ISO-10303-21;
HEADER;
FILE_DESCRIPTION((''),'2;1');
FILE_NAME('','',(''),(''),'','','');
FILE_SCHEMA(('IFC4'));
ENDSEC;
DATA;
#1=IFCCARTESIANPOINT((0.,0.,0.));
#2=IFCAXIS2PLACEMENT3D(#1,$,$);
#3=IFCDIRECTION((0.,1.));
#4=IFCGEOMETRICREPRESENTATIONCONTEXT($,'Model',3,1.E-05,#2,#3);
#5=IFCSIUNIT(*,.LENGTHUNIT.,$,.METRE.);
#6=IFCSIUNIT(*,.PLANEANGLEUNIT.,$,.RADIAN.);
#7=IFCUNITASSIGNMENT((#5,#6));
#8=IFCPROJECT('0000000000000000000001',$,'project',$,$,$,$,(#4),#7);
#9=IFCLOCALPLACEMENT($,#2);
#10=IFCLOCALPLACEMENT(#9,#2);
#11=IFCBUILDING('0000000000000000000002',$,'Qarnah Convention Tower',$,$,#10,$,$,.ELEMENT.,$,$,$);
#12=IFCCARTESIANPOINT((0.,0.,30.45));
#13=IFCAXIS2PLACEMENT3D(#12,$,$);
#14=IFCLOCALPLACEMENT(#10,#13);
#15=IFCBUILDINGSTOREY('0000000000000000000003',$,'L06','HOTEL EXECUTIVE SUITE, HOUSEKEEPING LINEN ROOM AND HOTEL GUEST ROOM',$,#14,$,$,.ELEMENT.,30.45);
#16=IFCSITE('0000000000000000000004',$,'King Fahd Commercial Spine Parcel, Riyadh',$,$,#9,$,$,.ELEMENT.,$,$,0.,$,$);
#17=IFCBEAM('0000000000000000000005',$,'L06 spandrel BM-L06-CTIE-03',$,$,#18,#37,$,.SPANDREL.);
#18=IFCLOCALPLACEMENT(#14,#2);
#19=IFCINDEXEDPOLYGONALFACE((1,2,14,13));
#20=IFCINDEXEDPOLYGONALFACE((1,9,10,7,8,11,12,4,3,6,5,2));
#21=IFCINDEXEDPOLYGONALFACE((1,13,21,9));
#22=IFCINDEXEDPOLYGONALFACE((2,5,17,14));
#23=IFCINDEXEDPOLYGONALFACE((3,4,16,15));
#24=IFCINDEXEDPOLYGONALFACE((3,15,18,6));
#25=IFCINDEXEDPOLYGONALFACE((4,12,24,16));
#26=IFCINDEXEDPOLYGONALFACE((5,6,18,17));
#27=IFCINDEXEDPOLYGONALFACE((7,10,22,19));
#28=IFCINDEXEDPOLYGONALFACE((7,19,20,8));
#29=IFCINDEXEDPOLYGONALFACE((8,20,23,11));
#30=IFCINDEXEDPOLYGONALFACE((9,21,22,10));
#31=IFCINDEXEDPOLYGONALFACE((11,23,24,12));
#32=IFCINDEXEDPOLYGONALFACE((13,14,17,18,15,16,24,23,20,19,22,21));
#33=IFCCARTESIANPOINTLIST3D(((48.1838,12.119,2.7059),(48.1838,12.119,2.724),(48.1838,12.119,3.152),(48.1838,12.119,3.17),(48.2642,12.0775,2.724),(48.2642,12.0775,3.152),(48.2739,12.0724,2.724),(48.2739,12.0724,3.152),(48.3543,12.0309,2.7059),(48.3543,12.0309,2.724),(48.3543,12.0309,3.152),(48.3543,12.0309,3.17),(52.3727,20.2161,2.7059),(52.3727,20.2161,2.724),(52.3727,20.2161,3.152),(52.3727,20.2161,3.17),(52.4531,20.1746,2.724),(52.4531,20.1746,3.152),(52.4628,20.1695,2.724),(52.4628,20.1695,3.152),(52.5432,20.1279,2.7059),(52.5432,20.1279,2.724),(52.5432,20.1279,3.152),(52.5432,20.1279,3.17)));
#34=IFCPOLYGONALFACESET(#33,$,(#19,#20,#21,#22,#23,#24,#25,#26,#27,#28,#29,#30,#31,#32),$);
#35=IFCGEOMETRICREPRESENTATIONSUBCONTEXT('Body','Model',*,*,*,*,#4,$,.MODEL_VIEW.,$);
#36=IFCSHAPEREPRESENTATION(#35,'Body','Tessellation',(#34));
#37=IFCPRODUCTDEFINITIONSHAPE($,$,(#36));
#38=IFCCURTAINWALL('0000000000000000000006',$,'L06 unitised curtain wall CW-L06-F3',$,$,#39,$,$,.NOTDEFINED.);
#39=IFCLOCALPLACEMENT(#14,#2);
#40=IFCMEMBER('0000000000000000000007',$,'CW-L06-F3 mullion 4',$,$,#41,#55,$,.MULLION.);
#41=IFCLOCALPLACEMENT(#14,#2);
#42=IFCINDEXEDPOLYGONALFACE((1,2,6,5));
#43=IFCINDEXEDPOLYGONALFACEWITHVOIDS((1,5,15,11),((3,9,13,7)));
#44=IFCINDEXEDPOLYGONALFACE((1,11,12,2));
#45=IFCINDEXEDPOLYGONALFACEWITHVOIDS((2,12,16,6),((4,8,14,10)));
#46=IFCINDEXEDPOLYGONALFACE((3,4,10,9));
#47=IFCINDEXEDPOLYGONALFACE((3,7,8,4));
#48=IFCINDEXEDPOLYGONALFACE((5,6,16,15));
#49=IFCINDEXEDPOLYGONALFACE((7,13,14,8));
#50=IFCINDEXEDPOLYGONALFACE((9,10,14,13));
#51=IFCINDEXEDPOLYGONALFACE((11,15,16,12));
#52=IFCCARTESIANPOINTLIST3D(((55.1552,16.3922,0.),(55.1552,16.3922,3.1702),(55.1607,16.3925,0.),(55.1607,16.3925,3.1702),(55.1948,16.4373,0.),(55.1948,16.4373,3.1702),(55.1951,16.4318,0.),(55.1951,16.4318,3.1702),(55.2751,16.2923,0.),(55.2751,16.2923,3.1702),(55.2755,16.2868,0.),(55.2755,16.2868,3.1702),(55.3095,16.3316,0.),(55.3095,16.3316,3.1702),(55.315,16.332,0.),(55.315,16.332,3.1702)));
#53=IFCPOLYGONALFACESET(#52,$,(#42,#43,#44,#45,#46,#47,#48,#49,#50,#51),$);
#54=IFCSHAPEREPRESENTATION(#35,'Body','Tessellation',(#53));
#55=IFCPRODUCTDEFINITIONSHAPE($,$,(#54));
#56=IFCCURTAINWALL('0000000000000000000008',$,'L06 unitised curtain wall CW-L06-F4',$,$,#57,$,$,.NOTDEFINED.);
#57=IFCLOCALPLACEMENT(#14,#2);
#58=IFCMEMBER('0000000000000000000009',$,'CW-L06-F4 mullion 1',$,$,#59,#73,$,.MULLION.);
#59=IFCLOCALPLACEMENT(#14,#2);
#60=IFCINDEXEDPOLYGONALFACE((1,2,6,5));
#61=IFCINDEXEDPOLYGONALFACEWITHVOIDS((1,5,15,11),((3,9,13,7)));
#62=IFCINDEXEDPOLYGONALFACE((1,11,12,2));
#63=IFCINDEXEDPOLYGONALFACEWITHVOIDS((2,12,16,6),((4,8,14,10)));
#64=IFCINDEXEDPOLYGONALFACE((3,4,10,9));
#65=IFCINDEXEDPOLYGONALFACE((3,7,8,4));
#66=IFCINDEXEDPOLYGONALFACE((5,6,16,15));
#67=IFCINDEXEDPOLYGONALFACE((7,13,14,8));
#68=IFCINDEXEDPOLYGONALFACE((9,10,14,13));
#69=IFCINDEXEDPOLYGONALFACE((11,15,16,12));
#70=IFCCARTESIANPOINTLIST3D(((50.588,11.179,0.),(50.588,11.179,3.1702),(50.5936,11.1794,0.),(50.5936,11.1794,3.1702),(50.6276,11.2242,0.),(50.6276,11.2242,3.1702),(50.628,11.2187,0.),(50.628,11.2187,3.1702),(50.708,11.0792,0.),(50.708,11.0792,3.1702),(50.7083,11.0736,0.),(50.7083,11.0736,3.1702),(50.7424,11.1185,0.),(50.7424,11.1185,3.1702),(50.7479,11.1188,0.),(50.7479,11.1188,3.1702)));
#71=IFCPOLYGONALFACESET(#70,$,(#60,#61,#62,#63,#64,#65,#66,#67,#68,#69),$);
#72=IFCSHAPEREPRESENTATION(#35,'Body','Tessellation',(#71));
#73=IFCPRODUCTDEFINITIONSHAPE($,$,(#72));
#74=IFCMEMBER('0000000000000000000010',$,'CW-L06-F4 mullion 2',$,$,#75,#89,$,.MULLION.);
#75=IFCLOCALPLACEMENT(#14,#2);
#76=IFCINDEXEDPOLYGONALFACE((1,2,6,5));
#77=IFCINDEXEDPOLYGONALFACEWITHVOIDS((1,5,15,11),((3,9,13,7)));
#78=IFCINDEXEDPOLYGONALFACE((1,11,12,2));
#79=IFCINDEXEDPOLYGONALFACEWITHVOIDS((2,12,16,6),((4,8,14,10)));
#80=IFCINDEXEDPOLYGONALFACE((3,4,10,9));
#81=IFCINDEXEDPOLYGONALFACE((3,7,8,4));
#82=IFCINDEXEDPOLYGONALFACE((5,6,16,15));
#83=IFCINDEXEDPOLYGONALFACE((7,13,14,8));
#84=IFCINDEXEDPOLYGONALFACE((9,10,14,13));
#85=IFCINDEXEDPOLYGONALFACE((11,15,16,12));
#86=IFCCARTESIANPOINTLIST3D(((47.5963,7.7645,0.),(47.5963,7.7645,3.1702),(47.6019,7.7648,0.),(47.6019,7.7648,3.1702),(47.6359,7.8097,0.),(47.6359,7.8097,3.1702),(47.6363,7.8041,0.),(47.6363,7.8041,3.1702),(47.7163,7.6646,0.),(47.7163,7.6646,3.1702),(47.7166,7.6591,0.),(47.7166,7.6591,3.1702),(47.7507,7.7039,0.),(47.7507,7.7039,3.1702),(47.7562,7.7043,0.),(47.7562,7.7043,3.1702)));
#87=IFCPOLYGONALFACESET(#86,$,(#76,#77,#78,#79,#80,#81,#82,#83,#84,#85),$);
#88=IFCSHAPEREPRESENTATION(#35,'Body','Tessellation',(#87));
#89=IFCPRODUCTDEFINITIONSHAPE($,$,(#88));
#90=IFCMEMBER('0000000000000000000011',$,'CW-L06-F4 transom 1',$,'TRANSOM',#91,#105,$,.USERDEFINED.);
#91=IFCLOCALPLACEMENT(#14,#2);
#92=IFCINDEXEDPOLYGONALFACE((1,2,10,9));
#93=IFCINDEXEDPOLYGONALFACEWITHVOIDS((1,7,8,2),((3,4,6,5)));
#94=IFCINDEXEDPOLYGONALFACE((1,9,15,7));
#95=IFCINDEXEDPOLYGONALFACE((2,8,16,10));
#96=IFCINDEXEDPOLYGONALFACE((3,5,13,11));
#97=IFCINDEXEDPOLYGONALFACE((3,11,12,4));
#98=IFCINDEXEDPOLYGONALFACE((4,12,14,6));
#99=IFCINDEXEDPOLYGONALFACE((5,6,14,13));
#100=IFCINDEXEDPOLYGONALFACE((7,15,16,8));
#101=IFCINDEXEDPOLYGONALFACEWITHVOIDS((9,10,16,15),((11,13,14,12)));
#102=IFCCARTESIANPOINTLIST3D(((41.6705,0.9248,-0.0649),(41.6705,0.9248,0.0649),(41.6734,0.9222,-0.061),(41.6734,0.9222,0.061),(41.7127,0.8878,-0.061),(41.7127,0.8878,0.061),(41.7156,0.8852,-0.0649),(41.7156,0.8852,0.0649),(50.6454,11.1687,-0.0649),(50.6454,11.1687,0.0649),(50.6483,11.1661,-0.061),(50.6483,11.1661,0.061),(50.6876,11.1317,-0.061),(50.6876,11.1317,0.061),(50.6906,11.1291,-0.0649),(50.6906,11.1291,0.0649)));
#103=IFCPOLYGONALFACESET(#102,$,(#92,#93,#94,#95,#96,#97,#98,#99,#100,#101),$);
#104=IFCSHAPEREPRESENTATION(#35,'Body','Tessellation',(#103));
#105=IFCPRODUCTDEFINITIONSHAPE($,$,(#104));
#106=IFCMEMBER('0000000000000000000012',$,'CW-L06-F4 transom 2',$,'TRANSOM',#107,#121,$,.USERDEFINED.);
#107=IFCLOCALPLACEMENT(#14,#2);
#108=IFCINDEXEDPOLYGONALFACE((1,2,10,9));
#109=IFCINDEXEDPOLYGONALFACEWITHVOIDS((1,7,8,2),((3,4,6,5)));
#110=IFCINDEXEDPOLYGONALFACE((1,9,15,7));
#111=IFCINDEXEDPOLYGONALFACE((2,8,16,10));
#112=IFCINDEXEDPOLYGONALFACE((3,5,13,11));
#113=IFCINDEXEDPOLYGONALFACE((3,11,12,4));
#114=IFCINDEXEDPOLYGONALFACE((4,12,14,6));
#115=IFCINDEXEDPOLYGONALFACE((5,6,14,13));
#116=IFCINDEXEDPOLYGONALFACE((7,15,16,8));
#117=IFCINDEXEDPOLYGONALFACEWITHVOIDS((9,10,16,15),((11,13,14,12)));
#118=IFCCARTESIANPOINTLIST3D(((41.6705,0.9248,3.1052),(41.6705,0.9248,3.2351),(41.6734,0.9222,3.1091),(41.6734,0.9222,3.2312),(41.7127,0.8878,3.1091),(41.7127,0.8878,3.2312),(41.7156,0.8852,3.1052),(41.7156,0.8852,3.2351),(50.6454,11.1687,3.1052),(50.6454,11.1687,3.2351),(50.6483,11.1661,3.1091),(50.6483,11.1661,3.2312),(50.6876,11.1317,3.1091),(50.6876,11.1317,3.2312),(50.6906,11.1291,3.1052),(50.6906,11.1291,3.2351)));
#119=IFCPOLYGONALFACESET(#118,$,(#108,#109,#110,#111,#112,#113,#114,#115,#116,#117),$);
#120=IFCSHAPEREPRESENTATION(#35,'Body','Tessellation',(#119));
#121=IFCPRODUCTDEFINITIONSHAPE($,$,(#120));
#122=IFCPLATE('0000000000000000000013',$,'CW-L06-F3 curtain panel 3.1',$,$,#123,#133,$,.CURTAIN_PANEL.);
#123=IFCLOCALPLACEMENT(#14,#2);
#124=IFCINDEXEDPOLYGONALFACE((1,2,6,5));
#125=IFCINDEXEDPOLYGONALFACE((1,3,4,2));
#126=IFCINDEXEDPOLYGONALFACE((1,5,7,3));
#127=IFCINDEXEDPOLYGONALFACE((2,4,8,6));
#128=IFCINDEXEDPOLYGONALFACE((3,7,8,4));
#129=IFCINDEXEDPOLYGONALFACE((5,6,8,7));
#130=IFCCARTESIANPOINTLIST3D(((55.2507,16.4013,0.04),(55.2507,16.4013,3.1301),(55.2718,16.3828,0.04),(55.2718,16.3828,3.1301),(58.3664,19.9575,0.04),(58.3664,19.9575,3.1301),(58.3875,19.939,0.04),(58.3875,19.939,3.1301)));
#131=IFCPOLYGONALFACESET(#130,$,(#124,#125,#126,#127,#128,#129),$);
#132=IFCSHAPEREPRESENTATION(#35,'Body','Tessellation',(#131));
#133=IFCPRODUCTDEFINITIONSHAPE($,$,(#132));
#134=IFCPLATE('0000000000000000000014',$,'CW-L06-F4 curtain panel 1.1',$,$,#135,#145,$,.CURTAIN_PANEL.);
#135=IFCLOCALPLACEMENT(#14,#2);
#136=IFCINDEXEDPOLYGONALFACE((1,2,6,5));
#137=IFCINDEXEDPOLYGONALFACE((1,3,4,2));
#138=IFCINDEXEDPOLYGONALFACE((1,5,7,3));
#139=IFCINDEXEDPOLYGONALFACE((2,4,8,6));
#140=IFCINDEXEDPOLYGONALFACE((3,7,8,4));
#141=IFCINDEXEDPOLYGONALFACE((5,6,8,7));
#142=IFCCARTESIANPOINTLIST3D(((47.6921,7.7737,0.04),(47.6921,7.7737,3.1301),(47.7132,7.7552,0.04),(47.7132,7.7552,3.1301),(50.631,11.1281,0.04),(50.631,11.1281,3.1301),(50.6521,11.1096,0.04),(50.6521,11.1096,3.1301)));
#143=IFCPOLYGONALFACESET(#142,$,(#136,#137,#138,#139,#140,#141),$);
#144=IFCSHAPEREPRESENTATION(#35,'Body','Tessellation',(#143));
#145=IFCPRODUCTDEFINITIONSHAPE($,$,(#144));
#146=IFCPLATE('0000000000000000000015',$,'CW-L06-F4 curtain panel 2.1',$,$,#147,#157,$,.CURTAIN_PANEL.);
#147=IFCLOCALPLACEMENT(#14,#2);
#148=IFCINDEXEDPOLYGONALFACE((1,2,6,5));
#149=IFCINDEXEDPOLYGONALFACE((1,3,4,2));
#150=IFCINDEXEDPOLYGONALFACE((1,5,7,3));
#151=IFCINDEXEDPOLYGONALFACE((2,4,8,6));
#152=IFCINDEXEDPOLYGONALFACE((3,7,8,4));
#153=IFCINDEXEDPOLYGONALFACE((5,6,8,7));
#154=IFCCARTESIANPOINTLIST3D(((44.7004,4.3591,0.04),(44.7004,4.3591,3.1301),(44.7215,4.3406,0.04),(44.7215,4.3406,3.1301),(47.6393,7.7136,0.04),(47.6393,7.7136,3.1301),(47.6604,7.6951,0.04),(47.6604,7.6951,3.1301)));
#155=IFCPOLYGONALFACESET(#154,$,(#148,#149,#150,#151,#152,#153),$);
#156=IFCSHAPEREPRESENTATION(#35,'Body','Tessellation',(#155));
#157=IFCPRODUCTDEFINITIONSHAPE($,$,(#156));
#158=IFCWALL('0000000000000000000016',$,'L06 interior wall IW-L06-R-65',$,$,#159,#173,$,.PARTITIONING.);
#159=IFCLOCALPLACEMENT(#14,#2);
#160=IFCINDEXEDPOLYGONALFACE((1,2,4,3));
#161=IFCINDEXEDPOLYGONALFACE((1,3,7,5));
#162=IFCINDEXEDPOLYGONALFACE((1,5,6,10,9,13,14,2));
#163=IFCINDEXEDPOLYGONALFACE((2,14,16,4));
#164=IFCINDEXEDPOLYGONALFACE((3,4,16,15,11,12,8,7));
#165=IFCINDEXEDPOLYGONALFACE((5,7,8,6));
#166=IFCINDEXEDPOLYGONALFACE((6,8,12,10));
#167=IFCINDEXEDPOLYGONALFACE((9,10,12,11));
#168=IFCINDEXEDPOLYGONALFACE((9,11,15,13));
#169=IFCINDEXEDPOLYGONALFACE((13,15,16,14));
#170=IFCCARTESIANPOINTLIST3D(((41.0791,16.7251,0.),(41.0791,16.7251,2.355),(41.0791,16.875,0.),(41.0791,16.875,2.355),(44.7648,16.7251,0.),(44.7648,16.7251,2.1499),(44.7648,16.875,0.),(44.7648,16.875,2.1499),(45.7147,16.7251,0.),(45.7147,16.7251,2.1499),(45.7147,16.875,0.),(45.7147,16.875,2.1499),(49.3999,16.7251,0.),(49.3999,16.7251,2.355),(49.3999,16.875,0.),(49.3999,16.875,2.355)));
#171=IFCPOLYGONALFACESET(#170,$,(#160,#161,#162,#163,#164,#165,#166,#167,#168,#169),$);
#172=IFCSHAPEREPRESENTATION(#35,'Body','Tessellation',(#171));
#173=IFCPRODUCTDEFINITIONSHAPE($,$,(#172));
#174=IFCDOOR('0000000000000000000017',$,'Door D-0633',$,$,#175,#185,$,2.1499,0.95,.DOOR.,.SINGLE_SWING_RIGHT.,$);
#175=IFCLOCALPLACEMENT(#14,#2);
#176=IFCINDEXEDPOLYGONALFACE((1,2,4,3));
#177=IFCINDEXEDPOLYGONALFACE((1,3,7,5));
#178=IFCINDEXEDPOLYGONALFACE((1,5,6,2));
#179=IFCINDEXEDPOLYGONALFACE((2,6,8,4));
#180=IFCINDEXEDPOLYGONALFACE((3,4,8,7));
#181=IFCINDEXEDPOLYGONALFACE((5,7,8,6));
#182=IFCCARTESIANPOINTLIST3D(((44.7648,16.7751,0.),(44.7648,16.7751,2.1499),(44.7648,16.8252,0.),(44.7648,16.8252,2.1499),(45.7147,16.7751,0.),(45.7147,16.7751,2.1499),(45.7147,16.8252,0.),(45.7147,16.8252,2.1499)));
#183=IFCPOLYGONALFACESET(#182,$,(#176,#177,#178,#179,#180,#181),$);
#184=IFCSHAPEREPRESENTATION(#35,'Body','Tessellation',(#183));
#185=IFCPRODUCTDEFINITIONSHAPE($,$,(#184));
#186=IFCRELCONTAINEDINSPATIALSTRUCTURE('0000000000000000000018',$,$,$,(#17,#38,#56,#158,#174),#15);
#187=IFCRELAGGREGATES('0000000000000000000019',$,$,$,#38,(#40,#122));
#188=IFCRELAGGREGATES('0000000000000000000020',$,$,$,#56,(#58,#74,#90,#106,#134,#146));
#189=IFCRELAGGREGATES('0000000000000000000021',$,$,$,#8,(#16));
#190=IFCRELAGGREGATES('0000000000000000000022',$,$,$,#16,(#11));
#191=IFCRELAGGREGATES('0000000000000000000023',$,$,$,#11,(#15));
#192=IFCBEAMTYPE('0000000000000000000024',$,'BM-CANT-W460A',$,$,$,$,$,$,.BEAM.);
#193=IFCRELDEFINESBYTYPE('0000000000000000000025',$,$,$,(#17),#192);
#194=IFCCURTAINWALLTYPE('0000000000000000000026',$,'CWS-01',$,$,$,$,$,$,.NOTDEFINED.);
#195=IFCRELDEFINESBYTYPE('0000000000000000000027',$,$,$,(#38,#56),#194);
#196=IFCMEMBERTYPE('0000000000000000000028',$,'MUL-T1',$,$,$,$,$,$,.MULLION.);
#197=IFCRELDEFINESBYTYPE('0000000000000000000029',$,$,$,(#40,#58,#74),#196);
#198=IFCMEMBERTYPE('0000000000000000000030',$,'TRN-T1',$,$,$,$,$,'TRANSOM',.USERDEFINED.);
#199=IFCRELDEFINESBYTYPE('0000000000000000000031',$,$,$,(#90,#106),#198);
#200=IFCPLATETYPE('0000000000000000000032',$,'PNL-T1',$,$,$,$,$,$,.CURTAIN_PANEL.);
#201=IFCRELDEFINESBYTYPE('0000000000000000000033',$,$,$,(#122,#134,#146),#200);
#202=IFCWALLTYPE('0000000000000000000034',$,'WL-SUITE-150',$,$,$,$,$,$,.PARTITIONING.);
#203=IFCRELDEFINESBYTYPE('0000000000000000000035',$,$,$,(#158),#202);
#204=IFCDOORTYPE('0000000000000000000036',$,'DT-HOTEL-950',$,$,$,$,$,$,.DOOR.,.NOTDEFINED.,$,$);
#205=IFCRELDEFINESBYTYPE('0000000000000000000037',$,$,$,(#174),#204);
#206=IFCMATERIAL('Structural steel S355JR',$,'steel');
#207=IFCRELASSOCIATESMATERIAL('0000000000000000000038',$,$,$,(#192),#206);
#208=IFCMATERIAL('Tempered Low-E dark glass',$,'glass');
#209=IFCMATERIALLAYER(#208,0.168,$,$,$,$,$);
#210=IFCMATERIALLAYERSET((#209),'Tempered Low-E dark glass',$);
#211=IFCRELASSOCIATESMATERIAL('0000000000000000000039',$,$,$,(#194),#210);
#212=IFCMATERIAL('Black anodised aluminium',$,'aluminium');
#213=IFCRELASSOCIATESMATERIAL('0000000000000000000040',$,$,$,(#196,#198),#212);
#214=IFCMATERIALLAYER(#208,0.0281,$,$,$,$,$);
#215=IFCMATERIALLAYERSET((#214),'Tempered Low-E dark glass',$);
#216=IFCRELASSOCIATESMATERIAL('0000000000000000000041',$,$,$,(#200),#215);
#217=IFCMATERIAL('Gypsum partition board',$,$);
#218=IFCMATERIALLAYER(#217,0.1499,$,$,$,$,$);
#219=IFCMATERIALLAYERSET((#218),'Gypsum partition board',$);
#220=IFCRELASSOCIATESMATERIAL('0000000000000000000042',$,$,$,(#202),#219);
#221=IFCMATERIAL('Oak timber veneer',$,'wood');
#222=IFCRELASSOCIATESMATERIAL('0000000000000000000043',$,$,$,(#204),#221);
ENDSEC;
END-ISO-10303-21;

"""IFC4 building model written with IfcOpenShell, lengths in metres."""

from ifc_helpers import new_model, si_unit, direction, frame, frame_2d, origin, origin_2d, place, context, subcontext, project, spatial, rectangle, hollow_rectangle, i_section, extrude, material, layer, layer_set, material_profile, profile_set, type_object, element, fill, aggregate, save


model = new_model("IFC4")

# Units and contexts
model_context = context("Model", 3, precision=1e-05, world=origin(), true_north=direction((0.0, 1.0)))
body_context = subcontext(model_context, "Body", "Model", "MODEL_VIEW")
ifc_project = project(units=[si_unit("LENGTHUNIT", "METRE"), si_unit("PLANEANGLEUNIT", "RADIAN")], contexts=[model_context])

# Site, building, storey
site_placement = place(None, origin())
site = spatial("IfcSite", under=ifc_project, at=site_placement, Name="King Fahd Commercial Spine Parcel, Riyadh", CompositionType="ELEMENT", RefElevation=0.0)
building_placement = place(site_placement, origin())
building = spatial("IfcBuilding", under=site, at=building_placement, Name="Qarnah Convention Tower", CompositionType="ELEMENT")
storey_placement = place(building_placement, frame((0.0, 0.0, 30.45)))
storey = spatial("IfcBuildingStorey", under=building, at=storey_placement, Name="L06", Description="HOTEL EXECUTIVE SUITE, HOUSEKEEPING LINEN ROOM AND HOTEL GUEST ROOM", CompositionType="ELEMENT", Elevation=30.45)

# Beam
ifc_material_1 = material(Name="Structural steel S355JR", Category="steel")
ifc_material_profile_1 = material_profile(ifc_material_1, i_section(OverallWidth=0.1919, OverallDepth=0.4641, WebThickness=0.011, FlangeThickness=0.0181, at=origin_2d()), Name="W460X89")
ifc_profile_set_1 = profile_set([ifc_material_profile_1], Name="Structural steel S355JR")
beam_type = type_object("IfcBeamType", Name="BM-CANT-W460A", PredefinedType="BEAM", material=ifc_profile_set_1)
beam_placement = place(storey_placement, frame((48.269, 12.075, 2.938), z_axis=(0.45949, 0.888183, 0.0), x_axis=(-0.888183, 0.45949, 0.0)))
element("IfcBeam", 1, at=beam_placement, inside=storey, type_object=beam_type, Name="L06 spandrel BM-L06-CTIE-03", PredefinedType="SPANDREL", context=body_context, shape_type="SweptSolid", body=[
    extrude(i_section(OverallWidth=0.1919, OverallDepth=0.4641, WebThickness=0.011, FlangeThickness=0.0181, at=origin_2d()), origin(), (0.0, 0.0, 1.0), 9.1165),
])

# Curtain wall, member
ifc_material_2 = material(Name="Tempered Low-E dark glass", Category="glass")
ifc_layer_1 = layer(ifc_material_2, 0.168)
ifc_layer_set_1 = layer_set([ifc_layer_1], Name="Tempered Low-E dark glass")
curtain_wall_type = type_object("IfcCurtainWallType", Name="CWS-01", PredefinedType="NOTDEFINED", material=ifc_layer_set_1)
curtain_wall_1_placement = place(storey_placement, origin())
curtain_wall_1 = element("IfcCurtainWall", 2, at=curtain_wall_1_placement, inside=storey, type_object=curtain_wall_type, Name="L06 unitised curtain wall CW-L06-F3", PredefinedType="NOTDEFINED")
ifc_material_3 = material(Name="Black anodised aluminium", Category="aluminium")
ifc_material_profile_2 = material_profile(ifc_material_3, hollow_rectangle(XDim=0.0601, YDim=0.1599, WallThickness=0.0039, at=origin_2d()), Name="MUL-60X160")
ifc_profile_set_2 = profile_set([ifc_material_profile_2], Name="Black anodised aluminium")
member_type_1 = type_object("IfcMemberType", Name="MUL-T1", PredefinedType="MULLION", material=ifc_profile_set_2)
member_1_placement = place(storey_placement, frame((55.2351, 16.3621, 0.0), z_axis=(0.0, 0.0, 1.0), x_axis=(-0.658981, -0.75216, 0.0)))
member_1 = element("IfcMember", 3, at=member_1_placement, type_object=member_type_1, Name="CW-L06-F3 mullion 4", PredefinedType="MULLION", context=body_context, shape_type="SweptSolid", body=[
    extrude(hollow_rectangle(XDim=0.0601, YDim=0.1599, WallThickness=0.0039, at=origin_2d()), origin(), (0.0, 0.0, 1.0), 3.1702),
])

# Curtain wall, members
curtain_wall_2_placement = place(storey_placement, origin())
curtain_wall_2 = element("IfcCurtainWall", 4, at=curtain_wall_2_placement, inside=storey, type_object=curtain_wall_type, Name="L06 unitised curtain wall CW-L06-F4", PredefinedType="NOTDEFINED")
member_2_placement = place(storey_placement, frame((50.668, 11.1489, 0.0), z_axis=(0.0, 0.0, 1.0), x_axis=(-0.658983, -0.752158, 0.0)))
member_2 = element("IfcMember", 5, at=member_2_placement, type_object=member_type_1, Name="CW-L06-F4 mullion 1", PredefinedType="MULLION", context=body_context, shape_type="SweptSolid", body=[
    extrude(hollow_rectangle(XDim=0.0601, YDim=0.1599, WallThickness=0.0039, at=origin_2d()), origin(), (0.0, 0.0, 1.0), 3.1702),
])
member_3_placement = place(storey_placement, frame((47.6763, 7.7344, 0.0), z_axis=(0.0, 0.0, 1.0), x_axis=(-0.658983, -0.752158, 0.0)))
member_3 = element("IfcMember", 6, at=member_3_placement, type_object=member_type_1, Name="CW-L06-F4 mullion 2", PredefinedType="MULLION", context=body_context, shape_type="SweptSolid", body=[
    extrude(hollow_rectangle(XDim=0.0601, YDim=0.1599, WallThickness=0.0039, at=origin_2d()), origin(), (0.0, 0.0, 1.0), 3.1702),
])
ifc_material_profile_3 = material_profile(ifc_material_3, hollow_rectangle(XDim=0.0601, YDim=0.1299, WallThickness=0.0039, at=origin_2d()), Name="TRN-60X130")
ifc_profile_set_3 = profile_set([ifc_material_profile_3], Name="Black anodised aluminium")
member_type_2 = type_object("IfcMemberType", Name="TRN-T1", ElementType="TRANSOM", PredefinedType="USERDEFINED", material=ifc_profile_set_3)
member_4_placement = place(storey_placement, frame((50.668, 11.1489, 0.0), z_axis=(-0.65898, -0.75216, 0.0), x_axis=(0.75216, -0.65898, 0.0)))
member_4 = element("IfcMember", 7, at=member_4_placement, type_object=member_type_2, Name="CW-L06-F4 transom 1", ObjectType="TRANSOM", PredefinedType="USERDEFINED", context=body_context, shape_type="SweptSolid", body=[
    extrude(hollow_rectangle(XDim=0.0601, YDim=0.1299, WallThickness=0.0039, at=origin_2d()), origin(), (0.0, 0.0, 1.0), 13.6194),
])
member_5_placement = place(storey_placement, frame((50.668, 11.1489, 3.1702), z_axis=(-0.65898, -0.75216, 0.0), x_axis=(0.75216, -0.65898, 0.0)))
member_5 = element("IfcMember", 8, at=member_5_placement, type_object=member_type_2, Name="CW-L06-F4 transom 2", ObjectType="TRANSOM", PredefinedType="USERDEFINED", context=body_context, shape_type="SweptSolid", body=[
    extrude(hollow_rectangle(XDim=0.0601, YDim=0.1299, WallThickness=0.0039, at=origin_2d()), origin(), (0.0, 0.0, 1.0), 13.6194),
])

# Plates
ifc_layer_2 = layer(ifc_material_2, 0.0281)
ifc_layer_set_2 = layer_set([ifc_layer_2], Name="Tempered Low-E dark glass")
plate_type = type_object("IfcPlateType", Name="PNL-T1", PredefinedType="CURTAIN_PANEL", material=ifc_layer_set_2)
plate_1_placement = place(storey_placement, frame((56.8191, 18.1702, 0.04), z_axis=(0.0, 0.0, 1.0), x_axis=(-0.658981, -0.75216, 0.0)))
plate_1 = element("IfcPlate", 9, at=plate_1_placement, type_object=plate_type, Name="CW-L06-F3 curtain panel 3.1", PredefinedType="CURTAIN_PANEL", context=body_context, shape_type="SweptSolid", body=[
    extrude(rectangle(XDim=4.728, YDim=0.0281, at=origin_2d()), origin(), (0.0, 0.0, 1.0), 3.0901),
])
aggregate(curtain_wall_1, [member_1, plate_1])
plate_2_placement = place(storey_placement, frame((49.1721, 9.4417, 0.04), z_axis=(0.0, 0.0, 1.0), x_axis=(-0.658983, -0.752158, 0.0)))
plate_2 = element("IfcPlate", 10, at=plate_2_placement, type_object=plate_type, Name="CW-L06-F4 curtain panel 1.1", PredefinedType="CURTAIN_PANEL", context=body_context, shape_type="SweptSolid", body=[
    extrude(rectangle(XDim=4.4597, YDim=0.0281, at=origin_2d()), origin(), (0.0, 0.0, 1.0), 3.0901),
])
plate_3_placement = place(storey_placement, frame((46.1804, 6.0271, 0.04), z_axis=(0.0, 0.0, 1.0), x_axis=(-0.658983, -0.752158, 0.0)))
plate_3 = element("IfcPlate", 11, at=plate_3_placement, type_object=plate_type, Name="CW-L06-F4 curtain panel 2.1", PredefinedType="CURTAIN_PANEL", context=body_context, shape_type="SweptSolid", body=[
    extrude(rectangle(XDim=4.4597, YDim=0.0281, at=origin_2d()), origin(), (0.0, 0.0, 1.0), 3.0901),
])
aggregate(curtain_wall_2, [member_2, member_3, member_4, member_5, plate_2, plate_3])

# Wall, opening, door
ifc_material_4 = material(Name="Gypsum partition board")
ifc_layer_3 = layer(ifc_material_4, 0.1499)
ifc_layer_set_3 = layer_set([ifc_layer_3], Name="Gypsum partition board")
wall_type_1 = type_object("IfcWallType", Name="WL-SUITE-150", PredefinedType="PARTITIONING", material=ifc_layer_set_3)
wall_1_placement = place(storey_placement, frame((49.3999, 16.8, 0.0), z_axis=(0.0, 0.0, 1.0), x_axis=(-1.0, 0.0, 0.0)))
wall_1 = element("IfcWall", 12, at=wall_1_placement, inside=storey, type_object=wall_type_1, Name="L06 interior wall IW-L06-R-65", PredefinedType="PARTITIONING", context=body_context, shape_type="SweptSolid", body=[
    extrude(rectangle(XDim=8.3208, YDim=0.1499, at=frame_2d((4.1604, 0.0))), origin(), (0.0, 0.0, 1.0), 2.355),
])
opening_1_placement = place(wall_1_placement, frame((3.6851, 0.0, 0.0)))
opening_1 = element("IfcOpeningElement", 13, at=opening_1_placement, cuts=wall_1, PredefinedType="OPENING", context=body_context, shape_type="SweptSolid", body=[
    extrude(rectangle(XDim=0.95, YDim=2.1499, at=frame_2d((0.4751, 1.075))), frame((0.0, 0.085, 0.0), z_axis=(0.0, -1.0, 0.0), x_axis=(1.0, 0.0, 0.0)), (0.0, 0.0, 1.0), 0.1699),
])
ifc_material_5 = material(Name="Oak timber veneer", Category="wood")
door_type_1 = type_object("IfcDoorType", Name="DT-HOTEL-950", OperationType="NOTDEFINED", PredefinedType="DOOR", material=ifc_material_5)
door_1_placement = place(opening_1_placement, origin())
door_1 = element("IfcDoor", 14, at=door_1_placement, inside=storey, type_object=door_type_1, Name="Door D-0633", OperationType="SINGLE_SWING_RIGHT", OverallHeight=2.1499, OverallWidth=0.95, PredefinedType="DOOR", context=body_context, shape_type="SweptSolid", body=[
    extrude(rectangle(XDim=0.95, YDim=2.1499, at=frame_2d((0.4751, 1.075))), frame((0.0, 0.0249, 0.0), z_axis=(0.0, -1.0, 0.0), x_axis=(1.0, 0.0, 0.0)), (0.0, 0.0, 1.0), 0.05),
])
fill(opening_1, door_1)

save(model, "model.ifc")
